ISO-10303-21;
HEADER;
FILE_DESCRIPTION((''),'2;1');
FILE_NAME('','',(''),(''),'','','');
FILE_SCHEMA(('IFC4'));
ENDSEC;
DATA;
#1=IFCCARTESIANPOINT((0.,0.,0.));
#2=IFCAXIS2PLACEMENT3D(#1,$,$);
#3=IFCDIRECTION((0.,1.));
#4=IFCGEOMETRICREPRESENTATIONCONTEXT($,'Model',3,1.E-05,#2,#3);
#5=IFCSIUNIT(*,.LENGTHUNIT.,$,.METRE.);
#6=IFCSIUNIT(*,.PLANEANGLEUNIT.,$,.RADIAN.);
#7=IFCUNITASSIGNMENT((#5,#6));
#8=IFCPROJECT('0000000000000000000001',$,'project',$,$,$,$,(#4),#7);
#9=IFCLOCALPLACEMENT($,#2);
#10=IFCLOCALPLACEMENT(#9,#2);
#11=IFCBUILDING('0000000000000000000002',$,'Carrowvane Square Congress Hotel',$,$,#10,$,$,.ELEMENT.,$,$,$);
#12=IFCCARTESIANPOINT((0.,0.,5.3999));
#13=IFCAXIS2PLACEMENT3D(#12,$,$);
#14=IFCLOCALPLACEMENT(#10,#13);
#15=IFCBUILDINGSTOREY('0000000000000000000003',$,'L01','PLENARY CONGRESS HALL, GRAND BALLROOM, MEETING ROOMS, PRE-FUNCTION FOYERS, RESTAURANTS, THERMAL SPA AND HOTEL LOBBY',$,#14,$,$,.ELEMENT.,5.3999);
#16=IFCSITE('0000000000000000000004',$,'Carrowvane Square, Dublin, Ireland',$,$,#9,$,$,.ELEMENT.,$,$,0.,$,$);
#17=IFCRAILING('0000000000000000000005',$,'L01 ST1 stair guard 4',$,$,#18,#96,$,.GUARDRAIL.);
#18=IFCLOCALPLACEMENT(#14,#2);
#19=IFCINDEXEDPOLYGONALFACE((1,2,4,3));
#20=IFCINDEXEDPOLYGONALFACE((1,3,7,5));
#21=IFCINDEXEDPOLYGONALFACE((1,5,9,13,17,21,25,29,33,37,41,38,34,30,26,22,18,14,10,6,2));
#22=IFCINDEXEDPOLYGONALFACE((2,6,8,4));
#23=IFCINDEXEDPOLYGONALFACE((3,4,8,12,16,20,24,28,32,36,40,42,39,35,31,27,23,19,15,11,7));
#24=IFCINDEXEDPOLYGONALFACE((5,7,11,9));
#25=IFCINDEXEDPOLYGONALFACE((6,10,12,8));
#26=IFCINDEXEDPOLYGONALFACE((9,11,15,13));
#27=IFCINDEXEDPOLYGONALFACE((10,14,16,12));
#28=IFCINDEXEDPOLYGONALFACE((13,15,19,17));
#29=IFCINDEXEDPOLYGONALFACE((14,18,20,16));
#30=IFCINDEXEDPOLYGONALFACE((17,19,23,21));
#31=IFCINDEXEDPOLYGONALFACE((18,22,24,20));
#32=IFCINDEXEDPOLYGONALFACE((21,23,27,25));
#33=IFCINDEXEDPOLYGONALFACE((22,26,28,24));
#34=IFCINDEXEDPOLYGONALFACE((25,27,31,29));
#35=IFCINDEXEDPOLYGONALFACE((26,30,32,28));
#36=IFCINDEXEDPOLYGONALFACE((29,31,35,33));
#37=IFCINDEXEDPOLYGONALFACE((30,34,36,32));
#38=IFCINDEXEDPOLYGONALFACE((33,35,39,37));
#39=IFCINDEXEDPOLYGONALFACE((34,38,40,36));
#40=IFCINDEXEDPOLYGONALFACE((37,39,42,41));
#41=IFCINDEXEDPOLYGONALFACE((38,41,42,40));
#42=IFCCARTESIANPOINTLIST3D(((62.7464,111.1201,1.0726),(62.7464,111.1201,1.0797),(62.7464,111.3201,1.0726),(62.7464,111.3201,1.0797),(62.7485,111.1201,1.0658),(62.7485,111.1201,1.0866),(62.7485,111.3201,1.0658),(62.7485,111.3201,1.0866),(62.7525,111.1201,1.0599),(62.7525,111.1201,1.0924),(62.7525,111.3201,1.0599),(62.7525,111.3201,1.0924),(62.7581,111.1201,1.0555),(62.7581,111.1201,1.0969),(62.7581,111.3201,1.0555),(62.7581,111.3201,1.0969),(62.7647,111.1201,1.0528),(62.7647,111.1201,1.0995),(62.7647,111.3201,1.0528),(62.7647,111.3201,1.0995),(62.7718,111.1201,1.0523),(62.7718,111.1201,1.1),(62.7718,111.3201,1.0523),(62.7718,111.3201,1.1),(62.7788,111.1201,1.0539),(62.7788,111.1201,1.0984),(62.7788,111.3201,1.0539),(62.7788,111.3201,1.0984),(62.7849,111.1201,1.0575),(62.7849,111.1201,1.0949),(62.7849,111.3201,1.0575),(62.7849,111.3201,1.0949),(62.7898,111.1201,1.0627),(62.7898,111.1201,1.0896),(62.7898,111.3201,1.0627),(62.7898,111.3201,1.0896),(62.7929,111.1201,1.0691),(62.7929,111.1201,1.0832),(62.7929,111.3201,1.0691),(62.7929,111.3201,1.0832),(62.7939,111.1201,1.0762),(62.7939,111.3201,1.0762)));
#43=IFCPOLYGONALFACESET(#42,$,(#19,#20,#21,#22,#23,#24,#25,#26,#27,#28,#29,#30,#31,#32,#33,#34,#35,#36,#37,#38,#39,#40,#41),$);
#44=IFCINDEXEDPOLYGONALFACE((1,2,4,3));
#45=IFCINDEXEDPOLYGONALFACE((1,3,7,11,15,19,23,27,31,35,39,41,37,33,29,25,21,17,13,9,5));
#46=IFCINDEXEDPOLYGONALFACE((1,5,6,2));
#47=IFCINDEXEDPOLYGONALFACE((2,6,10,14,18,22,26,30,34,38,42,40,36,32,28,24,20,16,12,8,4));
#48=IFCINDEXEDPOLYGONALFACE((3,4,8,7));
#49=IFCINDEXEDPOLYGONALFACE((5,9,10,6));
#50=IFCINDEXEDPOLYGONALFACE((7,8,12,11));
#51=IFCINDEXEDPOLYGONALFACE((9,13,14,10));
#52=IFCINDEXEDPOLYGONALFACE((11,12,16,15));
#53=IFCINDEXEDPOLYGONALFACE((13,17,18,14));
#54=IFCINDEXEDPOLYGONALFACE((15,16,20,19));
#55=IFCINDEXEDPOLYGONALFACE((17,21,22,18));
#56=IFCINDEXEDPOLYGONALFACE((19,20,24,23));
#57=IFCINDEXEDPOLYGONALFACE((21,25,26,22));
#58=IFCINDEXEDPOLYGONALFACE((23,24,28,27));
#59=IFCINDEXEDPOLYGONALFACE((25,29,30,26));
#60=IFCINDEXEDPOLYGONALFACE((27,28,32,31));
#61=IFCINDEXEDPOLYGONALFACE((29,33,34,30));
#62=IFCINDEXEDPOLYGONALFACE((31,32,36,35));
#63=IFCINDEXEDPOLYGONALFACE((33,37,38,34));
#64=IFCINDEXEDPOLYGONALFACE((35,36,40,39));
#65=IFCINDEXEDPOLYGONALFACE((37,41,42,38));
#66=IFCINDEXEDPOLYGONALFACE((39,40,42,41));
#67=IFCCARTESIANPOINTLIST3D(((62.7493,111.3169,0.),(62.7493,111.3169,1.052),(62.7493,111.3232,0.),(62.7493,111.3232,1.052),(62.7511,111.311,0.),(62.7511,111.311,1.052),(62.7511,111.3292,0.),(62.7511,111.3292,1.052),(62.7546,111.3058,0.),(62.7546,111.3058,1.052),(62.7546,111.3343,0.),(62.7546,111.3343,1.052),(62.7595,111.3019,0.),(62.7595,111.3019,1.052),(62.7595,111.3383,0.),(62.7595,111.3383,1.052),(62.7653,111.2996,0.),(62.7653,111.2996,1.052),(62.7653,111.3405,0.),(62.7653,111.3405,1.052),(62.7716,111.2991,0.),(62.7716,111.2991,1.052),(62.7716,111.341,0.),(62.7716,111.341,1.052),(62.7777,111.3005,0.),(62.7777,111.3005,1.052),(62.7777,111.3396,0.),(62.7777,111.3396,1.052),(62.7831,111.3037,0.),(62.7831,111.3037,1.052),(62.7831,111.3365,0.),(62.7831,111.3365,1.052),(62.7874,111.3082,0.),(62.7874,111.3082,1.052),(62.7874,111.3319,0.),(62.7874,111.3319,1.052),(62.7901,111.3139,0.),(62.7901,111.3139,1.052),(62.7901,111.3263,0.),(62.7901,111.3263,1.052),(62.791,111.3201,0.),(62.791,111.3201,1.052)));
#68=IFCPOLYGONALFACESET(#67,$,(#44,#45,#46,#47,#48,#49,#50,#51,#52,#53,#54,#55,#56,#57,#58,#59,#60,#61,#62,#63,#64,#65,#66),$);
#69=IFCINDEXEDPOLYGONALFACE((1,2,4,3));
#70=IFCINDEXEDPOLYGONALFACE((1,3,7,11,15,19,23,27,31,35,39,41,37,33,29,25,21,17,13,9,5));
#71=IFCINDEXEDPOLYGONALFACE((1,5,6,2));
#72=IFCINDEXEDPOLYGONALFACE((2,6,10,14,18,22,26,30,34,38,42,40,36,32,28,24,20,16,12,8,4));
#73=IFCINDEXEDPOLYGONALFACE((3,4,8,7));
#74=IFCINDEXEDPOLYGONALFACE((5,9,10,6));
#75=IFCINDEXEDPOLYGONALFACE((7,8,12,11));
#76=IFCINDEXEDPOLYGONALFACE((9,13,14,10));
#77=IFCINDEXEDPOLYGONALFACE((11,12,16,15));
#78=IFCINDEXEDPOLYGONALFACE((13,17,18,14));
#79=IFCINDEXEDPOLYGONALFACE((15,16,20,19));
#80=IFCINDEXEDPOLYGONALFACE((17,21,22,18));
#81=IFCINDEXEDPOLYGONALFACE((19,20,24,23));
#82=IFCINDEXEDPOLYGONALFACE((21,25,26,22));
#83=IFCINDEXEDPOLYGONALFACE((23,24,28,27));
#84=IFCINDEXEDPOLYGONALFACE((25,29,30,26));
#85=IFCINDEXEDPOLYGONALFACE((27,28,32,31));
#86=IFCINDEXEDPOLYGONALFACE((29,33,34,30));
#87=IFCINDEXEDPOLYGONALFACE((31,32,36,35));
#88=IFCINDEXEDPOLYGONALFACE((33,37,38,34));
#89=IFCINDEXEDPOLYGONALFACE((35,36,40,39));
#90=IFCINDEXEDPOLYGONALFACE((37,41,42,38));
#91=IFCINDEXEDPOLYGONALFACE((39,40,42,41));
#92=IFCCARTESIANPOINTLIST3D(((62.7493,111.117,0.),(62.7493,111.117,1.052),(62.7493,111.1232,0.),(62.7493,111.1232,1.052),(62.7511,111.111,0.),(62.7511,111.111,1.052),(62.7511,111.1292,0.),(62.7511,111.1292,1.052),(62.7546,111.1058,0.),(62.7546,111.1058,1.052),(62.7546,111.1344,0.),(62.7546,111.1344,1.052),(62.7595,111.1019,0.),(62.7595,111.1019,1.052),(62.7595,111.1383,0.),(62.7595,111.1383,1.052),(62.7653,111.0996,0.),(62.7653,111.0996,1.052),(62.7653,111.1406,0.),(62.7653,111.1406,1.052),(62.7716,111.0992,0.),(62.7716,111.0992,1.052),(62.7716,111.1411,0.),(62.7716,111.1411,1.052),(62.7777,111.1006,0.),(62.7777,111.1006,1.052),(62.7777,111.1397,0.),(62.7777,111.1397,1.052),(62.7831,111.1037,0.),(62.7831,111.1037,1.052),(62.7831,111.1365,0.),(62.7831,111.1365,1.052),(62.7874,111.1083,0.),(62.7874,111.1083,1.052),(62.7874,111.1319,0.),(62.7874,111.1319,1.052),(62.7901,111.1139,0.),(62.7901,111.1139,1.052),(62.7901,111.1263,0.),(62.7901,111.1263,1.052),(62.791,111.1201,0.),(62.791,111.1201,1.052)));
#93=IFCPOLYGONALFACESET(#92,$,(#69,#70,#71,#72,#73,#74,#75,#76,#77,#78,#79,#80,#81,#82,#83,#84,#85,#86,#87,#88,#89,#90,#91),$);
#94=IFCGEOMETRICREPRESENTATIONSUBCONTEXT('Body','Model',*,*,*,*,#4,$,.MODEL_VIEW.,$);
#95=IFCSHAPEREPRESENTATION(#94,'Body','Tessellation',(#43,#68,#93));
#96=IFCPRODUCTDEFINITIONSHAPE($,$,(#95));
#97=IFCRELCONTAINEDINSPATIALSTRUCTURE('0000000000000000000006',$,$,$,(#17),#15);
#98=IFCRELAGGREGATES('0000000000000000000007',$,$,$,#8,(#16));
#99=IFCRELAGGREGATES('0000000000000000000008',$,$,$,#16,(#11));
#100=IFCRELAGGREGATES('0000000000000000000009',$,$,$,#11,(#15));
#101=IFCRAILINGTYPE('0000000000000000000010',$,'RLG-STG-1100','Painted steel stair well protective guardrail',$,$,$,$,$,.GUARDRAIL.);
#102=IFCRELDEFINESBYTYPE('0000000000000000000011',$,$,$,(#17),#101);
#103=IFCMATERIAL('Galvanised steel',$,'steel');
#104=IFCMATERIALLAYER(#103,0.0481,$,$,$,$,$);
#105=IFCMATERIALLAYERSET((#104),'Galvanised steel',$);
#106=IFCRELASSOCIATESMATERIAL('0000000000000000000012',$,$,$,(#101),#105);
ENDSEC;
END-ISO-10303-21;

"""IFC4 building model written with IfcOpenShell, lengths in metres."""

from ifc_helpers import new_model, si_unit, direction, frame, origin, origin_2d, place, context, subcontext, project, spatial, circle, extrude, material, layer, layer_set, type_object, element, save


model = new_model("IFC4")

# Units and contexts
model_context = context("Model", 3, precision=1e-05, world=origin(), true_north=direction((0.0, 1.0)))
body_context = subcontext(model_context, "Body", "Model", "MODEL_VIEW")
ifc_project = project(units=[si_unit("LENGTHUNIT", "METRE"), si_unit("PLANEANGLEUNIT", "RADIAN")], contexts=[model_context])

# Site, building, storey
site_placement = place(None, origin())
site = spatial("IfcSite", under=ifc_project, at=site_placement, Name="Carrowvane Square, Dublin, Ireland", CompositionType="ELEMENT", RefElevation=0.0)
building_placement = place(site_placement, origin())
building = spatial("IfcBuilding", under=site, at=building_placement, Name="Carrowvane Square Congress Hotel", CompositionType="ELEMENT")
storey_placement = place(building_placement, frame((0.0, 0.0, 5.3999)))
storey = spatial("IfcBuildingStorey", under=building, at=storey_placement, Name="L01", Description="PLENARY CONGRESS HALL, GRAND BALLROOM, MEETING ROOMS, PRE-FUNCTION FOYERS, RESTAURANTS, THERMAL SPA AND HOTEL LOBBY", CompositionType="ELEMENT", Elevation=5.3999)

# Railing
ifc_material_1 = material(Name="Galvanised steel", Category="steel")
ifc_layer_1 = layer(ifc_material_1, 0.0481)
ifc_layer_set_1 = layer_set([ifc_layer_1], Name="Galvanised steel")
railing_type_1 = type_object("IfcRailingType", Name="RLG-STG-1100", Description="Painted steel stair well protective guardrail", PredefinedType="GUARDRAIL", material=ifc_layer_set_1)
railing_1_placement = place(storey_placement, frame((62.77, 111.3201, 0.0)))
element("IfcRailing", 1, at=railing_1_placement, inside=storey, type_object=railing_type_1, Name="L01 ST1 stair guard 4", PredefinedType="GUARDRAIL", context=body_context, shape_type="SweptSolid", body=[
    extrude(circle(Radius=0.0239, at=origin_2d()), frame((0.0, 0.0, 1.0762), z_axis=(0.0, -1.0, 0.0), x_axis=(1.0, 0.0, 0.0)), (0.0, 0.0, 1.0), 0.2),
    extrude(circle(Radius=0.021, at=origin_2d()), origin(), (0.0, 0.0, 1.0), 1.052),
    extrude(circle(Radius=0.021, at=origin_2d()), frame((0.0, -0.2, 0.0)), (0.0, 0.0, 1.0), 1.052),
])

save(model, "model.ifc")
